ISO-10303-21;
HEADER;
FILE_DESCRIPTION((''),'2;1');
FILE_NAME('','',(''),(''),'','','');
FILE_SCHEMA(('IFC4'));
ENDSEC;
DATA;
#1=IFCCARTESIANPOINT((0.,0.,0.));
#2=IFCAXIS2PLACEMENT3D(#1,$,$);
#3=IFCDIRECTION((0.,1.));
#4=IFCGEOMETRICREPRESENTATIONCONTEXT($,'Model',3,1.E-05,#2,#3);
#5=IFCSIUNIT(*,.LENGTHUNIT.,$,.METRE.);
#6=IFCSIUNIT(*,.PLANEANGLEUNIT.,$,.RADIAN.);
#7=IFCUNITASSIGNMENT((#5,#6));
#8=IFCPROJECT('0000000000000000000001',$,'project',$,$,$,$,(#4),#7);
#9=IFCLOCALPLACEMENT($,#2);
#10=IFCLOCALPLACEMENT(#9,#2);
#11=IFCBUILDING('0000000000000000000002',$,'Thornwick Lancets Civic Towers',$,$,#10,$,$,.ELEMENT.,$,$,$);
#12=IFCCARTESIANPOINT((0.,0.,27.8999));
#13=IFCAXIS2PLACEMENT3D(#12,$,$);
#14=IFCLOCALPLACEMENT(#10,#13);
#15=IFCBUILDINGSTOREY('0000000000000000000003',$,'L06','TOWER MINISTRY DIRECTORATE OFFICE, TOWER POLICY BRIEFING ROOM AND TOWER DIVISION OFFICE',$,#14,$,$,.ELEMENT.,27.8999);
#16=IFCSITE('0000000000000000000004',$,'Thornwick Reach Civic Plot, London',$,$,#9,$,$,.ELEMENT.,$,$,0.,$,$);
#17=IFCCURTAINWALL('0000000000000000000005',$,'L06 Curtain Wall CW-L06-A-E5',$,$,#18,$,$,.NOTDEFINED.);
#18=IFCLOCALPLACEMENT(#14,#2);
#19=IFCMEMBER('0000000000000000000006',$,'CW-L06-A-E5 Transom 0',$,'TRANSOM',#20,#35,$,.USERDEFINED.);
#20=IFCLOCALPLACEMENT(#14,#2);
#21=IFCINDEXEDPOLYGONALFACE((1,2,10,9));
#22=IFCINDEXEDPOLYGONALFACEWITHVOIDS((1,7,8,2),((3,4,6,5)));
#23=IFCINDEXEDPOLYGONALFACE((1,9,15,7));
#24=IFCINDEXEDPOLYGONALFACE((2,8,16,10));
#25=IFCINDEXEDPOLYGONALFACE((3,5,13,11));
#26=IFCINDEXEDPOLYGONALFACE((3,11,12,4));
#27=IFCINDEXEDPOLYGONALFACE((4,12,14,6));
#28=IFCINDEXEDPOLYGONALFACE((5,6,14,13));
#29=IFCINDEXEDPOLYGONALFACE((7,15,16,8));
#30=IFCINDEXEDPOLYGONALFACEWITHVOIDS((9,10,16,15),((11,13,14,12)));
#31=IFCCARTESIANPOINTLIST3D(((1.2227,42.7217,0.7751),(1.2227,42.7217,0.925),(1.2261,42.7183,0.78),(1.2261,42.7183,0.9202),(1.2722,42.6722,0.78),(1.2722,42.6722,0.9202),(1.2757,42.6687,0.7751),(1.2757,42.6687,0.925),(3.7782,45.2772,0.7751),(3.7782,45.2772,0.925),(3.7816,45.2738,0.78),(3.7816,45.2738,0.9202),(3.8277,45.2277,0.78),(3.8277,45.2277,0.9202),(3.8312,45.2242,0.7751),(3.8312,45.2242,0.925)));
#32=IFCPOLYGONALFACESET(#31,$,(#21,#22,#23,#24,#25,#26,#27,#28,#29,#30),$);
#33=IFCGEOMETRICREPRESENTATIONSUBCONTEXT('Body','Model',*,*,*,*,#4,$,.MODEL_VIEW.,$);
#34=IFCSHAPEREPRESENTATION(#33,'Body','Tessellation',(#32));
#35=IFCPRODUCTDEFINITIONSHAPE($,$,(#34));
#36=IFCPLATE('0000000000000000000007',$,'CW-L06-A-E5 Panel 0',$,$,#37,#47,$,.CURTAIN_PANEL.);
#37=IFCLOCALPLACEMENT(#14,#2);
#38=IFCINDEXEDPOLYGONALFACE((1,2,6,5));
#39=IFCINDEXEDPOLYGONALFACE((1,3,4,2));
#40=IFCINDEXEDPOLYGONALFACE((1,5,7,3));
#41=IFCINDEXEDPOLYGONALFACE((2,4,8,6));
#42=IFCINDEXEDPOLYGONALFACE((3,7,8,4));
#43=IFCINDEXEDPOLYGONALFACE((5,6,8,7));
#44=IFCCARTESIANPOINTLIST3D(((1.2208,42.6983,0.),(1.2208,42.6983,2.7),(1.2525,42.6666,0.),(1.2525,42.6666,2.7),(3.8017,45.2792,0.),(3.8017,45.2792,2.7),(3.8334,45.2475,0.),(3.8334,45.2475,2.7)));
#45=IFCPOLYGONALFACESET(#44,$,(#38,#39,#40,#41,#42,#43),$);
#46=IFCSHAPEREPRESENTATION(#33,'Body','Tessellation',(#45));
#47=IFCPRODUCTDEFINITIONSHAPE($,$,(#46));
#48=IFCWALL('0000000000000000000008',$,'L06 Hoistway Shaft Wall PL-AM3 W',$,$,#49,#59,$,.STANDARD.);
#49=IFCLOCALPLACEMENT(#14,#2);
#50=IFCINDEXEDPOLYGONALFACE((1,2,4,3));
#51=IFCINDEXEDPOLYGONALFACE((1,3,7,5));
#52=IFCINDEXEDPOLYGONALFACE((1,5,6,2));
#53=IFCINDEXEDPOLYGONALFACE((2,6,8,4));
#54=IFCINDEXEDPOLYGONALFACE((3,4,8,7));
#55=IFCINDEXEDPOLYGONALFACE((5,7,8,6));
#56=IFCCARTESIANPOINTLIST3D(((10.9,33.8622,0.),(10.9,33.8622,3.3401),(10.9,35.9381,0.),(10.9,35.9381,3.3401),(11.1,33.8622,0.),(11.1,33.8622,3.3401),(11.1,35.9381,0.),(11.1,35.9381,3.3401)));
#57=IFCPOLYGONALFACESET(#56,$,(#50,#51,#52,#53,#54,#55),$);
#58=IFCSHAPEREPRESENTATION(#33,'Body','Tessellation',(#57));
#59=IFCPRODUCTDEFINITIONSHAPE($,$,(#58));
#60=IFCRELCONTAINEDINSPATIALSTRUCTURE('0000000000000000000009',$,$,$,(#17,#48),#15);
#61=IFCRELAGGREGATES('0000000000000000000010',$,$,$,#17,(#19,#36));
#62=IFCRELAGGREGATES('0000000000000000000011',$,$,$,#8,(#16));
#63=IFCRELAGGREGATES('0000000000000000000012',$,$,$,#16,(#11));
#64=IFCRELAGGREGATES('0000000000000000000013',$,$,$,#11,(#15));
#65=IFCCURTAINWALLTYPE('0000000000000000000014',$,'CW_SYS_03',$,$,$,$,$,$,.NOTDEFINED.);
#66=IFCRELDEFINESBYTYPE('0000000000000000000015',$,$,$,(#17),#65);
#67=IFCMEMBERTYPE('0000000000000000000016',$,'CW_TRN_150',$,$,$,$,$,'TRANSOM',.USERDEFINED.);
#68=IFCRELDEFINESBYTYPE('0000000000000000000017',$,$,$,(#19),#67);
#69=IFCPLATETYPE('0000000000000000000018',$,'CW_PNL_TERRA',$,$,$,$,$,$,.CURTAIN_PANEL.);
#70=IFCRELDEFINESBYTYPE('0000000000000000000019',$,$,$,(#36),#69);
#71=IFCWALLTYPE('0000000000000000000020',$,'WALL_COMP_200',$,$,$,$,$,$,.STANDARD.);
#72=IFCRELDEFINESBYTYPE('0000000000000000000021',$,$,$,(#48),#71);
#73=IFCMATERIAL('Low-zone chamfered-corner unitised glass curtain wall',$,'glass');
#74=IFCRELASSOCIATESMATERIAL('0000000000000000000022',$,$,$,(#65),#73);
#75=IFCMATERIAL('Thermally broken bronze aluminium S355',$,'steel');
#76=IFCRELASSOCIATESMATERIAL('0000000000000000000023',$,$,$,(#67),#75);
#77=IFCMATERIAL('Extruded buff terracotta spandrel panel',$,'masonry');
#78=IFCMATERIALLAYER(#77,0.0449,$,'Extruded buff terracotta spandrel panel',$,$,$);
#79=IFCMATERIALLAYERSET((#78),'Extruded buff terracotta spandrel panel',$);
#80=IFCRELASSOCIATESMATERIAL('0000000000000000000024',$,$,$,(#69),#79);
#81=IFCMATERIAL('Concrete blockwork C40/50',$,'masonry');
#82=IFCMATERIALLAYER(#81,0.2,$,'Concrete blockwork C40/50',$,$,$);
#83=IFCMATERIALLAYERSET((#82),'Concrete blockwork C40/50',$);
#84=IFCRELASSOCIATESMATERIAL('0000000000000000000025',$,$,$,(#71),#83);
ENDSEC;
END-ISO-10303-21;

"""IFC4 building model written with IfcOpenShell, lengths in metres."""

from ifc_helpers import new_model, si_unit, direction, frame, frame_2d, origin, origin_2d, place, context, subcontext, project, spatial, rectangle, hollow_rectangle, extrude, material, layer, layer_set, material_profile, profile_set, type_object, element, aggregate, save


model = new_model("IFC4")

# Units and contexts
model_context = context("Model", 3, precision=1e-05, world=origin(), true_north=direction((0.0, 1.0)))
body_context = subcontext(model_context, "Body", "Model", "MODEL_VIEW")
ifc_project = project(units=[si_unit("LENGTHUNIT", "METRE"), si_unit("PLANEANGLEUNIT", "RADIAN")], contexts=[model_context])

# Site, building, storey
site_placement = place(None, origin())
site = spatial("IfcSite", under=ifc_project, at=site_placement, Name="Thornwick Reach Civic Plot, London", CompositionType="ELEMENT", RefElevation=0.0)
building_placement = place(site_placement, origin())
building = spatial("IfcBuilding", under=site, at=building_placement, Name="Thornwick Lancets Civic Towers", CompositionType="ELEMENT")
storey_placement = place(building_placement, frame((0.0, 0.0, 27.8999)))
storey = spatial("IfcBuildingStorey", under=building, at=storey_placement, Name="L06", Description="TOWER MINISTRY DIRECTORATE OFFICE, TOWER POLICY BRIEFING ROOM AND TOWER DIVISION OFFICE", CompositionType="ELEMENT", Elevation=27.8999)

# Curtain wall, member, plate
ifc_material_1 = material(Name="Low-zone chamfered-corner unitised glass curtain wall", Category="glass")
curtain_wall_type = type_object("IfcCurtainWallType", Name="CW_SYS_03", PredefinedType="NOTDEFINED", material=ifc_material_1)
curtain_wall_placement = place(storey_placement, origin())
curtain_wall = element("IfcCurtainWall", 1, at=curtain_wall_placement, inside=storey, type_object=curtain_wall_type, Name="L06 Curtain Wall CW-L06-A-E5", PredefinedType="NOTDEFINED")
ifc_material_2 = material(Name="Thermally broken bronze aluminium S355", Category="steel")
ifc_material_profile_1 = material_profile(ifc_material_2, hollow_rectangle(XDim=0.075, YDim=0.1499, WallThickness=0.0049, at=origin_2d()), Name="RHS 150x75x5")
ifc_profile_set_1 = profile_set([ifc_material_profile_1], Name="Thermally broken bronze aluminium S355")
member_type_1 = type_object("IfcMemberType", Name="CW_TRN_150", ElementType="TRANSOM", PredefinedType="USERDEFINED", material=ifc_profile_set_1)
member_1_placement = place(storey_placement, frame((3.8047, 45.2507, 0.8501), z_axis=(-0.707107, -0.707107, 0.0), x_axis=(0.707107, -0.707107, 0.0)))
member_1 = element("IfcMember", 2, at=member_1_placement, type_object=member_type_1, Name="CW-L06-A-E5 Transom 0", ObjectType="TRANSOM", PredefinedType="USERDEFINED", context=body_context, shape_type="SweptSolid", body=[
    extrude(hollow_rectangle(XDim=0.075, YDim=0.1499, WallThickness=0.0049, at=origin_2d()), origin(), (0.0, 0.0, 1.0), 3.614),
])
ifc_material_3 = material(Name="Extruded buff terracotta spandrel panel", Category="masonry")
ifc_layer_1 = layer(ifc_material_3, 0.0449, Name="Extruded buff terracotta spandrel panel")
ifc_layer_set_1 = layer_set([ifc_layer_1], Name="Extruded buff terracotta spandrel panel")
plate_type = type_object("IfcPlateType", Name="CW_PNL_TERRA", PredefinedType="CURTAIN_PANEL", material=ifc_layer_set_1)
plate_placement = place(storey_placement, frame((2.5271, 43.9729, 0.0), z_axis=(0.0, 0.0, 1.0), x_axis=(-0.707107, -0.707107, 0.0)))
plate = element("IfcPlate", 3, at=plate_placement, type_object=plate_type, Name="CW-L06-A-E5 Panel 0", PredefinedType="CURTAIN_PANEL", context=body_context, shape_type="SweptSolid", body=[
    extrude(rectangle(XDim=3.6499, YDim=0.0449, at=origin_2d()), origin(), (0.0, 0.0, 1.0), 2.7),
])
aggregate(curtain_wall, [member_1, plate])

# Wall
ifc_material_4 = material(Name="Concrete blockwork C40/50", Category="masonry")
ifc_layer_2 = layer(ifc_material_4, 0.2, Name="Concrete blockwork C40/50")
ifc_layer_set_2 = layer_set([ifc_layer_2], Name="Concrete blockwork C40/50")
wall_type_1 = type_object("IfcWallType", Name="WALL_COMP_200", PredefinedType="STANDARD", material=ifc_layer_set_2)
wall_1_placement = place(storey_placement, frame((11.0, 33.8621, 0.0), z_axis=(0.0, 0.0, 1.0), x_axis=(0.0, 1.0, 0.0)))
element("IfcWall", 4, at=wall_1_placement, inside=storey, type_object=wall_type_1, Name="L06 Hoistway Shaft Wall PL-AM3 W", PredefinedType="STANDARD", context=body_context, shape_type="SweptSolid", body=[
    extrude(rectangle(XDim=2.0759, YDim=0.2, at=frame_2d((1.0381, 0.0))), origin(), (0.0, 0.0, 1.0), 3.3401),
])

save(model, "model.ifc")
